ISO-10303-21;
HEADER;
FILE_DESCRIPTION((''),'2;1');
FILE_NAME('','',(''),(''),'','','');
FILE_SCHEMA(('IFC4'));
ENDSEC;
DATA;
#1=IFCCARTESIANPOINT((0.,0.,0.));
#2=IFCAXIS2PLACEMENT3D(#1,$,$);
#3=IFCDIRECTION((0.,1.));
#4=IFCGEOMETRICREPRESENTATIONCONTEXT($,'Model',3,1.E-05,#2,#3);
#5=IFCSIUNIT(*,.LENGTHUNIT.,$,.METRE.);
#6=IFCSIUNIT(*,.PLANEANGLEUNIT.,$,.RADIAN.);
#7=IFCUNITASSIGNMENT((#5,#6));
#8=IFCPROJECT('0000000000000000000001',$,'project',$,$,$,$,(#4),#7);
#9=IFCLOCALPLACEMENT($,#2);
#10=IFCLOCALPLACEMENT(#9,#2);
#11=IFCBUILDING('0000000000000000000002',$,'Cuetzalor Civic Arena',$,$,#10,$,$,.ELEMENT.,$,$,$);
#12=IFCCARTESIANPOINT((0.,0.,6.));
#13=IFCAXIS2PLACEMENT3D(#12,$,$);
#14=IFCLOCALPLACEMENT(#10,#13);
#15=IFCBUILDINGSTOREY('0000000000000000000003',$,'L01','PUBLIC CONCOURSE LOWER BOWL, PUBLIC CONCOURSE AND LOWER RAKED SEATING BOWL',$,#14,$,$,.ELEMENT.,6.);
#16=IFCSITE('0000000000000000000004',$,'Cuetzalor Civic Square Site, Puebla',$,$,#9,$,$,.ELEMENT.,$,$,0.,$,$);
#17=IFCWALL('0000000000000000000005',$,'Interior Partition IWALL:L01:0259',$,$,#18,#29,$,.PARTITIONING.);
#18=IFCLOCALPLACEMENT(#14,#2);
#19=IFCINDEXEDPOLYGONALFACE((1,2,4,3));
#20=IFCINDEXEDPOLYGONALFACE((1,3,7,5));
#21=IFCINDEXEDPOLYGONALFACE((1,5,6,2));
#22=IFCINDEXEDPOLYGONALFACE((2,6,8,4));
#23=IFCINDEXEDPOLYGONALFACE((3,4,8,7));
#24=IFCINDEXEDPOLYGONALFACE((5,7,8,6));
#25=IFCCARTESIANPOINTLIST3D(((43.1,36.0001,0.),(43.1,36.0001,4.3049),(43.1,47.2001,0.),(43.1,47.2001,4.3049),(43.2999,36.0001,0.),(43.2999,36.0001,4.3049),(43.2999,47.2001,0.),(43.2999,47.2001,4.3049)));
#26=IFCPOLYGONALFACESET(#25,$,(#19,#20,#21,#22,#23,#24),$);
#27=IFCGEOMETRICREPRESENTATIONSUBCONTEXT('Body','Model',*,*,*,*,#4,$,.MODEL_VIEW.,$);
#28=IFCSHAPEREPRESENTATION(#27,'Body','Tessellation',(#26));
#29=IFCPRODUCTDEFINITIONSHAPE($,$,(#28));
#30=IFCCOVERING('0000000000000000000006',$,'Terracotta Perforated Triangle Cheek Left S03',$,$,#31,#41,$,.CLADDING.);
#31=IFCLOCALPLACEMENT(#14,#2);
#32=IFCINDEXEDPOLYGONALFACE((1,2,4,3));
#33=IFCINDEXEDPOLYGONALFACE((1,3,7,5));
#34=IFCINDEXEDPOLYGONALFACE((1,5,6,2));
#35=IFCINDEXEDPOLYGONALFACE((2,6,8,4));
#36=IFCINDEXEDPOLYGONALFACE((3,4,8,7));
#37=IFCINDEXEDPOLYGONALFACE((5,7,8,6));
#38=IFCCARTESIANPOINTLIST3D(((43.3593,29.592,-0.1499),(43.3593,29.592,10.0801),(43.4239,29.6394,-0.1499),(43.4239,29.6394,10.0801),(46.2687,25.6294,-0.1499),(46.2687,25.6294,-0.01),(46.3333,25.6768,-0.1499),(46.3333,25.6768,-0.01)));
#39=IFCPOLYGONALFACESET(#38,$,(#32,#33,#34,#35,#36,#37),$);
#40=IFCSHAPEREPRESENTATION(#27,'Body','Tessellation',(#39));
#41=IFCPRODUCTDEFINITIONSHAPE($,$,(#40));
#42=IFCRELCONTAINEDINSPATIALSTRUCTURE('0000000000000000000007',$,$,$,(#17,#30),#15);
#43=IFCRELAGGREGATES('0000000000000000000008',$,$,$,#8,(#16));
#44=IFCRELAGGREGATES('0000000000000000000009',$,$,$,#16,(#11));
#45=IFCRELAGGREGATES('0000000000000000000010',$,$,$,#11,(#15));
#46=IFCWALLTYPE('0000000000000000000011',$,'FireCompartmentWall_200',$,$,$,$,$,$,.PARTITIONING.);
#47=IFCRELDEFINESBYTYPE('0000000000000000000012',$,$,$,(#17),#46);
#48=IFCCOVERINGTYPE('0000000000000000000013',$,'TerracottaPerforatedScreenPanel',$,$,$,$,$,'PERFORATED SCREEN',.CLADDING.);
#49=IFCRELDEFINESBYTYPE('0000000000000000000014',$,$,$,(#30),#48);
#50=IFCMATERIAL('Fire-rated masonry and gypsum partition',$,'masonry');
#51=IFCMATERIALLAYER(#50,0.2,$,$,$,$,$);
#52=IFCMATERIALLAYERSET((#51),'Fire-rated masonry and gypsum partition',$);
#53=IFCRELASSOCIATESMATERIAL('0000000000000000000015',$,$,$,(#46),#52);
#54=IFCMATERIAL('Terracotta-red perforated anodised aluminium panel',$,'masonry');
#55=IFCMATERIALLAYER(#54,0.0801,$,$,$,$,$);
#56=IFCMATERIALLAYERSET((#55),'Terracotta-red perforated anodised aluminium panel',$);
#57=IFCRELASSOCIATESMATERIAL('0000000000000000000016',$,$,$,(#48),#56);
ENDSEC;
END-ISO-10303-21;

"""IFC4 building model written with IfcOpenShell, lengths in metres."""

from ifc_helpers import new_model, si_unit, direction, frame, frame_2d, origin, place, context, subcontext, project, spatial, polyline, rectangle, outline, extrude, material, layer, layer_set, type_object, element, save


model = new_model("IFC4")

# Units and contexts
model_context = context("Model", 3, precision=1e-05, world=origin(), true_north=direction((0.0, 1.0)))
body_context = subcontext(model_context, "Body", "Model", "MODEL_VIEW")
ifc_project = project(units=[si_unit("LENGTHUNIT", "METRE"), si_unit("PLANEANGLEUNIT", "RADIAN")], contexts=[model_context])

# Site, building, storey
site_placement = place(None, origin())
site = spatial("IfcSite", under=ifc_project, at=site_placement, Name="Cuetzalor Civic Square Site, Puebla", CompositionType="ELEMENT", RefElevation=0.0)
building_placement = place(site_placement, origin())
building = spatial("IfcBuilding", under=site, at=building_placement, Name="Cuetzalor Civic Arena", CompositionType="ELEMENT")
storey_placement = place(building_placement, frame((0.0, 0.0, 6.0)))
storey = spatial("IfcBuildingStorey", under=building, at=storey_placement, Name="L01", Description="PUBLIC CONCOURSE LOWER BOWL, PUBLIC CONCOURSE AND LOWER RAKED SEATING BOWL", CompositionType="ELEMENT", Elevation=6.0)

# Shared definitions
ifc_material_1 = material(Name="Fire-rated masonry and gypsum partition", Category="masonry")
ifc_layer_1 = layer(ifc_material_1, 0.2)
ifc_layer_set_1 = layer_set([ifc_layer_1], Name="Fire-rated masonry and gypsum partition")
wall_type = type_object("IfcWallType", Name="FireCompartmentWall_200", PredefinedType="PARTITIONING", material=ifc_layer_set_1)

# Wall
wall_1_placement = place(storey_placement, frame((43.2, 36.0, 0.0), z_axis=(0.0, 0.0, 1.0), x_axis=(0.0, 1.0, 0.0)))
element("IfcWall", 1, at=wall_1_placement, inside=storey, type_object=wall_type, Name="Interior Partition IWALL:L01:0259", PredefinedType="PARTITIONING", context=body_context, shape_type="SweptSolid", body=[
    extrude(rectangle(XDim=11.2, YDim=0.2, at=frame_2d((5.6001, 0.0))), origin(), (0.0, 0.0, 1.0), 4.3049),
])

# Covering
ifc_material_2 = material(Name="Terracotta-red perforated anodised aluminium panel", Category="masonry")
ifc_layer_2 = layer(ifc_material_2, 0.0801)
ifc_layer_set_2 = layer_set([ifc_layer_2], Name="Terracotta-red perforated anodised aluminium panel")
covering_type = type_object("IfcCoveringType", Name="TerracottaPerforatedScreenPanel", ElementType="PERFORATED SCREEN", PredefinedType="CLADDING", material=ifc_layer_set_2)
covering_placement = place(storey_placement, frame((43.3916, 29.6157, -0.1499), z_axis=(0.0, 0.0, 1.0), x_axis=(0.591824, -0.806067, 0.0)))
element("IfcCovering", 2, at=covering_placement, inside=storey, type_object=covering_type, Name="Terracotta Perforated Triangle Cheek Left S03", PredefinedType="CLADDING", context=body_context, shape_type="SweptSolid", body=[
    extrude(outline(polyline([(0.0, 0.0), (4.916, 0.0), (4.916, 0.1399), (0.0, 10.23), (0.0, 0.0)])), frame((0.0, 0.04, 0.0), z_axis=(0.0, -1.0, 0.0), x_axis=(1.0, 0.0, 0.0)), (0.0, 0.0, 1.0), 0.0801),
])

save(model, "model.ifc")
